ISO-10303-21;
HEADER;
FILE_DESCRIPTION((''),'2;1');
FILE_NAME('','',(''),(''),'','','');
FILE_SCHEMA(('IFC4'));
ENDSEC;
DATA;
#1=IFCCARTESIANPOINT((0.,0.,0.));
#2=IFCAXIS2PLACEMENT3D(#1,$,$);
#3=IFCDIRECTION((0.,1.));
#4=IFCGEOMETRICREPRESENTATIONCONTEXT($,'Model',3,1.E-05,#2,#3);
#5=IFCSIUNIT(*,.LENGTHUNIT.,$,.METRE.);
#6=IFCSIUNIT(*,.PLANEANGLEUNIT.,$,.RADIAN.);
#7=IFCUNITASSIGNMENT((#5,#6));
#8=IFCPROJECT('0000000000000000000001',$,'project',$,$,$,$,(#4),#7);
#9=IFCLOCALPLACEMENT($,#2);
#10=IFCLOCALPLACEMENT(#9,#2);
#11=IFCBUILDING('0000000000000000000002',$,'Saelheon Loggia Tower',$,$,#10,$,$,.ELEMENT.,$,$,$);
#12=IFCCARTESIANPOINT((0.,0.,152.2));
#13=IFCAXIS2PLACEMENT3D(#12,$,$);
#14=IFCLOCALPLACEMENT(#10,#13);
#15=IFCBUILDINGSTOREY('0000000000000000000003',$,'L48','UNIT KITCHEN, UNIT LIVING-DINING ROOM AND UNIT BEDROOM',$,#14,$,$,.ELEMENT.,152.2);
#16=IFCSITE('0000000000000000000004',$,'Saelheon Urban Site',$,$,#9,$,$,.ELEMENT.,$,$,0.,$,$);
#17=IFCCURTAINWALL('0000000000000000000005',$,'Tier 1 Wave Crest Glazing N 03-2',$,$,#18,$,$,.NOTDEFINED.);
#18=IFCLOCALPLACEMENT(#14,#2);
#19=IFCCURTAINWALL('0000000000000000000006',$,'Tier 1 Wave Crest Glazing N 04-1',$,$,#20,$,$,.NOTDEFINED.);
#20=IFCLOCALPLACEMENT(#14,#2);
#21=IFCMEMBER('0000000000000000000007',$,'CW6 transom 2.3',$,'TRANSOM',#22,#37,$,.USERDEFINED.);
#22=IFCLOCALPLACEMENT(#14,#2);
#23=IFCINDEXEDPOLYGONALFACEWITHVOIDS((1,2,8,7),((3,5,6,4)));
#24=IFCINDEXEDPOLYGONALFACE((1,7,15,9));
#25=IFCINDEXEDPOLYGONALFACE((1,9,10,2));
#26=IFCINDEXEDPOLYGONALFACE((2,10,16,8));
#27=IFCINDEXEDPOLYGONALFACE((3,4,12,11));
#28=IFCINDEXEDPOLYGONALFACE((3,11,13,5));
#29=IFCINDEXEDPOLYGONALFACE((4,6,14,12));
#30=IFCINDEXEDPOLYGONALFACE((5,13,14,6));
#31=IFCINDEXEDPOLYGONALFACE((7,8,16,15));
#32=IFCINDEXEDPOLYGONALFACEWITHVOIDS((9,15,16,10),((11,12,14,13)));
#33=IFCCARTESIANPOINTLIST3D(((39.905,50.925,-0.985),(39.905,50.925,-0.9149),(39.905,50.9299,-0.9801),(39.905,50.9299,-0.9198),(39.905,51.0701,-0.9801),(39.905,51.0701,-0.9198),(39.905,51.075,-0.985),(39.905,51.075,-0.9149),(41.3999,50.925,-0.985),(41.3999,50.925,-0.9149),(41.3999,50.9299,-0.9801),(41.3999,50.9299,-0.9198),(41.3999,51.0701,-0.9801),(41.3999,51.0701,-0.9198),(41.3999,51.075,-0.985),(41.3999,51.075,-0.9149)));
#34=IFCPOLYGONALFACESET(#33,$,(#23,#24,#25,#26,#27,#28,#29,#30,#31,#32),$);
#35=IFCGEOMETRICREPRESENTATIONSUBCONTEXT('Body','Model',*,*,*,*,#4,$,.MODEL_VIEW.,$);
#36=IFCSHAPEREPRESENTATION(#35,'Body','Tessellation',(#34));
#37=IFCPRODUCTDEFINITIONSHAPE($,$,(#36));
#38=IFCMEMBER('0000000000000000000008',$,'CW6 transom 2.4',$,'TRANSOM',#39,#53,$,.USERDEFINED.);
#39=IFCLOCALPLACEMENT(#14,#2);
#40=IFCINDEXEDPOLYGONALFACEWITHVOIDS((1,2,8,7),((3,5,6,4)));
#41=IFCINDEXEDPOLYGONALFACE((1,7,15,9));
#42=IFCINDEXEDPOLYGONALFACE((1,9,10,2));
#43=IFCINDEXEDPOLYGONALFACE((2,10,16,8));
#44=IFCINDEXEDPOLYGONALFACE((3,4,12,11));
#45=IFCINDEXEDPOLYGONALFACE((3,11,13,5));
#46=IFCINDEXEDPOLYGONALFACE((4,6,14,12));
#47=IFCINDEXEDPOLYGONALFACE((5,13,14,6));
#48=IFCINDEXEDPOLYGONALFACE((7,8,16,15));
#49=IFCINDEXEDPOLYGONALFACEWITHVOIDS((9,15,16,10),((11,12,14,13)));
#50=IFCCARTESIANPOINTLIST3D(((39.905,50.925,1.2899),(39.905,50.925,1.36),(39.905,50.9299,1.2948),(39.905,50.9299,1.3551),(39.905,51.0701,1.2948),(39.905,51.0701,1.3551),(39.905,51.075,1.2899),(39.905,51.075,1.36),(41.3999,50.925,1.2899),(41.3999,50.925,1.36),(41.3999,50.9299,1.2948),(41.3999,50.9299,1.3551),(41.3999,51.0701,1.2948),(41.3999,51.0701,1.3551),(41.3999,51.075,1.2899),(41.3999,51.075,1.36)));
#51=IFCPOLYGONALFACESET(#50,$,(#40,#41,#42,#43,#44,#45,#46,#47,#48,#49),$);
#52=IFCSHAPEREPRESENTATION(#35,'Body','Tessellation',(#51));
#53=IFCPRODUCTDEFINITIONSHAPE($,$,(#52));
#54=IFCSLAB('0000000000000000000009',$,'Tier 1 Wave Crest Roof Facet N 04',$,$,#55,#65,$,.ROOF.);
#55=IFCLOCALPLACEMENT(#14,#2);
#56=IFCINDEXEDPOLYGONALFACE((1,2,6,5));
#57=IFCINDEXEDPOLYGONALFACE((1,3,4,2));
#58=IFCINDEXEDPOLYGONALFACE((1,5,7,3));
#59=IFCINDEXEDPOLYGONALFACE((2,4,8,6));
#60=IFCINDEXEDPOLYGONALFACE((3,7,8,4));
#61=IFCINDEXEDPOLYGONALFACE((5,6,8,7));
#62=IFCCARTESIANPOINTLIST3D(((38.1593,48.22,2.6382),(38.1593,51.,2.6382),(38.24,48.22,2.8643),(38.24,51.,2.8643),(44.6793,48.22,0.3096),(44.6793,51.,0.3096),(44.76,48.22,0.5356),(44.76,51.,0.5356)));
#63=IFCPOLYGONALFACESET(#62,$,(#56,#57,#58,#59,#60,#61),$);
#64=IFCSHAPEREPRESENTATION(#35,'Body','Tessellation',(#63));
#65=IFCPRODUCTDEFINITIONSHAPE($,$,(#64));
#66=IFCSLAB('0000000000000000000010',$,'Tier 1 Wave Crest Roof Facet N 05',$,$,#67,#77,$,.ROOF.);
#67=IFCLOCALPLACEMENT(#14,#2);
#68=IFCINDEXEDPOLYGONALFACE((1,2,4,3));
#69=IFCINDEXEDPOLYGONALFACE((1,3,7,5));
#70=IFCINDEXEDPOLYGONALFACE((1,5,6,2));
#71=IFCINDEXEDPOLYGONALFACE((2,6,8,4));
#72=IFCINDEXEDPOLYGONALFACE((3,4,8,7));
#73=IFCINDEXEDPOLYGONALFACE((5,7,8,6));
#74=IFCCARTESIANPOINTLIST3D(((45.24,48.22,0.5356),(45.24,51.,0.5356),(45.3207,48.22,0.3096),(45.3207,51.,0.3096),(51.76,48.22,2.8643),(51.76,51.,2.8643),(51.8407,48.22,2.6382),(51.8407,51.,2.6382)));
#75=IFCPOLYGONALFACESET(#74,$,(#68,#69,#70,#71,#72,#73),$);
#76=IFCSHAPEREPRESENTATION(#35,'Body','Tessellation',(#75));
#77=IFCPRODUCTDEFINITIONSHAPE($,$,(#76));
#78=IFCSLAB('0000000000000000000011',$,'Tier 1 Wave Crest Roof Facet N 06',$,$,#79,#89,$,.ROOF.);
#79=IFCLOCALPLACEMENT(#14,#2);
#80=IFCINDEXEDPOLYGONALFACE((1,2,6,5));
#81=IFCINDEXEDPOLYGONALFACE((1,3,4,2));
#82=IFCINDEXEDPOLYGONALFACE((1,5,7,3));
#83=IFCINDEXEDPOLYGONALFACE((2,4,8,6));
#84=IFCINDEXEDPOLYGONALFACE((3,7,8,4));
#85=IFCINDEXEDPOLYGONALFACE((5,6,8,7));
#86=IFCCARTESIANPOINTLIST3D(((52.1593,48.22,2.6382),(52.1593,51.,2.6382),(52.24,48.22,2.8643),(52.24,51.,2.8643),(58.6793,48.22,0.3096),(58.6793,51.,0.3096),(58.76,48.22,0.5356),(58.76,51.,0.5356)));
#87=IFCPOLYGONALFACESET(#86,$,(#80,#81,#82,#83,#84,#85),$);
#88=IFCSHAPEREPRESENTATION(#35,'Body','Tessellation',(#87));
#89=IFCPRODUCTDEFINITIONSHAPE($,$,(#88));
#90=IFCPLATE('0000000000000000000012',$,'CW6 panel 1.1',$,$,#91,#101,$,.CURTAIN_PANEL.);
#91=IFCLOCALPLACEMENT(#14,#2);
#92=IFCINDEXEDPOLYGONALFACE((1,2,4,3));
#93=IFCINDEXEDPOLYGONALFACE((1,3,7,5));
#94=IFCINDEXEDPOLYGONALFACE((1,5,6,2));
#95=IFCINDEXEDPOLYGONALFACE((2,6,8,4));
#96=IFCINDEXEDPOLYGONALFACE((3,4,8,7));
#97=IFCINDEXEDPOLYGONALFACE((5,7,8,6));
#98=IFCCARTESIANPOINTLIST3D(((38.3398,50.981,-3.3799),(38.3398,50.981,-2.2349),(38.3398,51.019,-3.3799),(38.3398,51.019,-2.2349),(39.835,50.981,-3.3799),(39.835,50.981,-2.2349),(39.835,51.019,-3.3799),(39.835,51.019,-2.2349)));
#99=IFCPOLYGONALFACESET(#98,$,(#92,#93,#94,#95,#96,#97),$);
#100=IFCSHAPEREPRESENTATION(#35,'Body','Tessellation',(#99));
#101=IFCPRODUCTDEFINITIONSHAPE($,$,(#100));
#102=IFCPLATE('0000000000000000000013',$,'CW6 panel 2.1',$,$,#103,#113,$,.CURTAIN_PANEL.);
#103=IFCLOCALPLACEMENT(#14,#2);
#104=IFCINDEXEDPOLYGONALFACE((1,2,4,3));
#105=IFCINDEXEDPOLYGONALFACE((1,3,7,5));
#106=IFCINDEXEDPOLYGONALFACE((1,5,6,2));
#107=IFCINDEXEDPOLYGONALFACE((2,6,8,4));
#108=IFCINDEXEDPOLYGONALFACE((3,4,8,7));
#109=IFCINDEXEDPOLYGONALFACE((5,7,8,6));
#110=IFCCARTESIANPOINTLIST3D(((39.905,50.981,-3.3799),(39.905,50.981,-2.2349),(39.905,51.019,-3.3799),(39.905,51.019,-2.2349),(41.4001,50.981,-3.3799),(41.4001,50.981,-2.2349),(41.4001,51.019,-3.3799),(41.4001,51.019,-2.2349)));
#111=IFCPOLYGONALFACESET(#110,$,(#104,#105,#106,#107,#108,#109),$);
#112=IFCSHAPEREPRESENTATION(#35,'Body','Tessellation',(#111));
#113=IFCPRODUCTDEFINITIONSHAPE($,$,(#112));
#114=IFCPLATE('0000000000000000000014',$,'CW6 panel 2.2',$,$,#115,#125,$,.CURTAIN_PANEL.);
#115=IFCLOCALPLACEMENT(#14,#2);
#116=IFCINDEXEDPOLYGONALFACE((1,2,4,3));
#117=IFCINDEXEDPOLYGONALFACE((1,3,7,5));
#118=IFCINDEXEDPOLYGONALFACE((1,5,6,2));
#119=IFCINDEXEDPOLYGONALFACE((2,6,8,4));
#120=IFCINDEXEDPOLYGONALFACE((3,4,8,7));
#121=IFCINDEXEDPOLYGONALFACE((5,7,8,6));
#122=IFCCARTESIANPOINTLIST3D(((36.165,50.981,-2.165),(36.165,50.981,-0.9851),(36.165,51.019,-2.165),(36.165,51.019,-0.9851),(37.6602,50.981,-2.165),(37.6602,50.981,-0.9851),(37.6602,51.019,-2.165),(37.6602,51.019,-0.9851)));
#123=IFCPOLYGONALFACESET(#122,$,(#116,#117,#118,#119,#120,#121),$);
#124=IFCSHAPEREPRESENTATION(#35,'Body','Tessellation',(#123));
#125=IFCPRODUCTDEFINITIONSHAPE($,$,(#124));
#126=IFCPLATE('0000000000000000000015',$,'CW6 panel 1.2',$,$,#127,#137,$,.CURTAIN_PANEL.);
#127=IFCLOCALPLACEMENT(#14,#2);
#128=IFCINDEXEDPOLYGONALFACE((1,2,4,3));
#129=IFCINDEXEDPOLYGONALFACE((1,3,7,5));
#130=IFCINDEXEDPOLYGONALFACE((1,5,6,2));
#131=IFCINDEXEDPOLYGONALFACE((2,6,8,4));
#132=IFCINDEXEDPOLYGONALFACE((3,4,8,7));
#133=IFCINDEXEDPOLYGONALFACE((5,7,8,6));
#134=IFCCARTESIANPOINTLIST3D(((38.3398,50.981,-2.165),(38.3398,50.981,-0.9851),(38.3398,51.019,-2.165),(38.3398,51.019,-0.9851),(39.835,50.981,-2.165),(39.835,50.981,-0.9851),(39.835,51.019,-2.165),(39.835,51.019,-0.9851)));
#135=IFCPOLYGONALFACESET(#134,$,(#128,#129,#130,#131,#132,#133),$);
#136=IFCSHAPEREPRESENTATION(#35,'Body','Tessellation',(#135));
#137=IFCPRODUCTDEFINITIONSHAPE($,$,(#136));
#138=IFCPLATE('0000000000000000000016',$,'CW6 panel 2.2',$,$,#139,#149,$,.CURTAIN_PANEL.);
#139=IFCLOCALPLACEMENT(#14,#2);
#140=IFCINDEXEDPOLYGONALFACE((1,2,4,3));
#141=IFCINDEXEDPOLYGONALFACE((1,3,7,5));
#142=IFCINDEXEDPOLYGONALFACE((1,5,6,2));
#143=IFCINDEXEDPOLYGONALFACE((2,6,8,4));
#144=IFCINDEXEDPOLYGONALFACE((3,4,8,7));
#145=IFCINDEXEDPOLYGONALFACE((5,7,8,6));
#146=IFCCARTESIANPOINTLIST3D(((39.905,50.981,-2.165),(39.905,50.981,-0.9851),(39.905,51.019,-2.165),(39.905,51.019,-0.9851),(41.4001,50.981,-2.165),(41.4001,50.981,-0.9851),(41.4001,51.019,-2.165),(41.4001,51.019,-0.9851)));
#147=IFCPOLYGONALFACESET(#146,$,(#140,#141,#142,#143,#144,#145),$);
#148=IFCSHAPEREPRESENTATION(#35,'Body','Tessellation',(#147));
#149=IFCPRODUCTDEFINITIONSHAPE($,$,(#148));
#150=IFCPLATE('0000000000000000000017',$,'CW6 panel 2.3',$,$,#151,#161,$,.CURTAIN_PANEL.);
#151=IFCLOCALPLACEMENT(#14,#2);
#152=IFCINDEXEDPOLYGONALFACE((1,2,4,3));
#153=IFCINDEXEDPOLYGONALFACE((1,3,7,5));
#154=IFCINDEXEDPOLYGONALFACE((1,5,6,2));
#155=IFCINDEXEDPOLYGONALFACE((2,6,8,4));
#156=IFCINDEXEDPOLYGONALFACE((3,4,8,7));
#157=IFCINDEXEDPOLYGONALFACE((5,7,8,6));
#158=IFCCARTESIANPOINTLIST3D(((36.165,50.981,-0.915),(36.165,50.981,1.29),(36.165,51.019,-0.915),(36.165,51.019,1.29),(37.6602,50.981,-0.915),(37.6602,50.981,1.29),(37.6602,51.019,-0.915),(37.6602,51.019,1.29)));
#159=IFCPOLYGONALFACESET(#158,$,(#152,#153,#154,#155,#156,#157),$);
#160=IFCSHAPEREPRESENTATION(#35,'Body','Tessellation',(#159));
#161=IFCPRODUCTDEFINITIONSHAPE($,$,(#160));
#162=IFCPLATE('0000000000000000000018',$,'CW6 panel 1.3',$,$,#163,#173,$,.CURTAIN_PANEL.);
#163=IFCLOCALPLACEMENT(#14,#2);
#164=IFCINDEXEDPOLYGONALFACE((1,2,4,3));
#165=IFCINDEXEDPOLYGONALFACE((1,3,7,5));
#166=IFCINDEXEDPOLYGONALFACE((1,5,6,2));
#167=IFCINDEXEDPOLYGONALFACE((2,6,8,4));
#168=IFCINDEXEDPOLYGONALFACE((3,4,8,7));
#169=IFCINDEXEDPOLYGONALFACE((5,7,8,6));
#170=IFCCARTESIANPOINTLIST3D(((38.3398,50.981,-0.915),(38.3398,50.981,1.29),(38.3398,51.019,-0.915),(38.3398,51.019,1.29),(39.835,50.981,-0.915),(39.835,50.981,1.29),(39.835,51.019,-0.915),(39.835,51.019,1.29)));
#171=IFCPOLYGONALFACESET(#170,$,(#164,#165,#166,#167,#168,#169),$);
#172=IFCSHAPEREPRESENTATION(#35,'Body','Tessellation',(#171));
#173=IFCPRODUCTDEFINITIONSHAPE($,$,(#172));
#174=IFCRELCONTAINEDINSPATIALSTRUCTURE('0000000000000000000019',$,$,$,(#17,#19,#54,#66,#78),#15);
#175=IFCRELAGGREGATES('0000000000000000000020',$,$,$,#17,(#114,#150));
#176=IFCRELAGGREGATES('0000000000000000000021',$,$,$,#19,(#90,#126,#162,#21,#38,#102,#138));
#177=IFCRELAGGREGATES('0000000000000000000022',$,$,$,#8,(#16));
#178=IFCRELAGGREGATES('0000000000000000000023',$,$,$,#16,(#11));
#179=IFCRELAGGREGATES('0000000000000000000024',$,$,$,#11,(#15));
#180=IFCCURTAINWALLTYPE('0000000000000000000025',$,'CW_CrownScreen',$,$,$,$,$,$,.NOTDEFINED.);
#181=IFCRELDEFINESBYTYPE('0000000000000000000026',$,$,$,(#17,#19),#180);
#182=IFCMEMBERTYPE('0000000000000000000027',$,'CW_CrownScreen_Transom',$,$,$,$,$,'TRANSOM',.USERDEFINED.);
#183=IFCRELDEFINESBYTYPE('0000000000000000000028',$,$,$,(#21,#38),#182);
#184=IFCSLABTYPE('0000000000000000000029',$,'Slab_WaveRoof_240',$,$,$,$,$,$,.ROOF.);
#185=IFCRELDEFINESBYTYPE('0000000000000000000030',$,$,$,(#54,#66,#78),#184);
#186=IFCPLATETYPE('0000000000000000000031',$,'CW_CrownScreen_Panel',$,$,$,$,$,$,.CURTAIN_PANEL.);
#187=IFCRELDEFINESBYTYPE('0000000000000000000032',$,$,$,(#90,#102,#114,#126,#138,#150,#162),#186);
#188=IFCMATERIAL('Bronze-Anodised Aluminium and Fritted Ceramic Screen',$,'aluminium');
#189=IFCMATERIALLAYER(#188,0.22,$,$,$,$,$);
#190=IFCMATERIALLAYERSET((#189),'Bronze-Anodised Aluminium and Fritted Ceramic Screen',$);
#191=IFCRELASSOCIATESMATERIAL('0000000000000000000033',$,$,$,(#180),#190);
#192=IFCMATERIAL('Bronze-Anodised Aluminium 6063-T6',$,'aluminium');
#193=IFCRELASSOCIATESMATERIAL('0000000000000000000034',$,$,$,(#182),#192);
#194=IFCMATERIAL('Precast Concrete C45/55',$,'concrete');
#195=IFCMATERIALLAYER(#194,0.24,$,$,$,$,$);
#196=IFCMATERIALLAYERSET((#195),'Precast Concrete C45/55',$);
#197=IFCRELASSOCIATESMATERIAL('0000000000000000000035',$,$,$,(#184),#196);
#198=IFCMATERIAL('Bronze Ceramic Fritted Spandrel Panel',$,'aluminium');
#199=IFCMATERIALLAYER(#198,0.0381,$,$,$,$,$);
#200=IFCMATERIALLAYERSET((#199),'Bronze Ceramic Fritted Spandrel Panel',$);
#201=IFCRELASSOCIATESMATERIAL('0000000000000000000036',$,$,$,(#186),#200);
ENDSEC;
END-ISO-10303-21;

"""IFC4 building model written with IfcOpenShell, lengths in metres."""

from ifc_helpers import new_model, si_unit, direction, frame, origin, origin_2d, place, context, subcontext, project, spatial, polyline, rectangle, hollow_rectangle, outline, extrude, source, transform, mapped, material, layer, layer_set, material_profile, profile_set, type_object, element, aggregate, save


model = new_model("IFC4")

# Units and contexts
model_context = context("Model", 3, precision=1e-05, world=origin(), true_north=direction((0.0, 1.0)))
body_context = subcontext(model_context, "Body", "Model", "MODEL_VIEW")
ifc_project = project(units=[si_unit("LENGTHUNIT", "METRE"), si_unit("PLANEANGLEUNIT", "RADIAN")], contexts=[model_context])

# Site, building, storey
site_placement = place(None, origin())
site = spatial("IfcSite", under=ifc_project, at=site_placement, Name="Saelheon Urban Site", CompositionType="ELEMENT", RefElevation=0.0)
building_placement = place(site_placement, origin())
building = spatial("IfcBuilding", under=site, at=building_placement, Name="Saelheon Loggia Tower", CompositionType="ELEMENT")
storey_placement = place(building_placement, frame((0.0, 0.0, 152.2)))
storey = spatial("IfcBuildingStorey", under=building, at=storey_placement, Name="L48", Description="UNIT KITCHEN, UNIT LIVING-DINING ROOM AND UNIT BEDROOM", CompositionType="ELEMENT", Elevation=152.2)

# Curtain wall
ifc_material_1 = material(Name="Bronze-Anodised Aluminium and Fritted Ceramic Screen", Category="aluminium")
ifc_layer_1 = layer(ifc_material_1, 0.22)
ifc_layer_set_1 = layer_set([ifc_layer_1], Name="Bronze-Anodised Aluminium and Fritted Ceramic Screen")
curtain_wall_type = type_object("IfcCurtainWallType", Name="CW_CrownScreen", PredefinedType="NOTDEFINED", material=ifc_layer_set_1)
curtain_wall_1_placement = place(storey_placement, origin())
curtain_wall_1 = element("IfcCurtainWall", 1, at=curtain_wall_1_placement, inside=storey, type_object=curtain_wall_type, Name="Tier 1 Wave Crest Glazing N 03-2", PredefinedType="NOTDEFINED")
ifc_material_2 = material(Name="Bronze-Anodised Aluminium 6063-T6", Category="aluminium")

# Curtain wall, members
curtain_wall_2_placement = place(storey_placement, origin())
curtain_wall_2 = element("IfcCurtainWall", 2, at=curtain_wall_2_placement, inside=storey, type_object=curtain_wall_type, Name="Tier 1 Wave Crest Glazing N 04-1", PredefinedType="NOTDEFINED")
ifc_material_profile_1 = material_profile(ifc_material_2, hollow_rectangle(XDim=0.0701, YDim=0.1499, WallThickness=0.0049, at=origin_2d()), Name="RHS-150x70x5")
ifc_profile_set_1 = profile_set([ifc_material_profile_1], Name="Bronze-Anodised Aluminium 6063-T6")
member_type_1 = type_object("IfcMemberType", Name="CW_CrownScreen_Transom", ElementType="TRANSOM", PredefinedType="USERDEFINED", material=ifc_profile_set_1)
shared_shape_1 = source(origin(), body_context, "Body", "SweptSolid", [
    extrude(hollow_rectangle(XDim=0.0701, YDim=0.1499, WallThickness=0.0049, at=origin_2d()), origin(), (0.0, 0.0, 1.0), 1.4949),
])
member_1_placement = place(storey_placement, frame((39.905, 51.0, -0.95), z_axis=(1.0, 0.0, 0.0), x_axis=(0.0, 0.0, 1.0)))
member_1 = element("IfcMember", 3, at=member_1_placement, type_object=member_type_1, Name="CW6 transom 2.3", ObjectType="TRANSOM", PredefinedType="USERDEFINED", context=body_context, shape_type="MappedRepresentation", body=[
    mapped(shared_shape_1, transform((0.0, 0.0, 0.0), scale=1.0)),
])
member_2_placement = place(storey_placement, frame((39.905, 51.0, 1.325), z_axis=(1.0, 0.0, 0.0), x_axis=(0.0, 0.0, 1.0)))
member_2 = element("IfcMember", 4, at=member_2_placement, type_object=member_type_1, Name="CW6 transom 2.4", ObjectType="TRANSOM", PredefinedType="USERDEFINED", context=body_context, shape_type="MappedRepresentation", body=[
    mapped(shared_shape_1, transform((0.0, 0.0, 0.0), scale=1.0)),
])

# Slabs
ifc_material_3 = material(Name="Precast Concrete C45/55", Category="concrete")
ifc_layer_2 = layer(ifc_material_3, 0.24)
ifc_layer_set_2 = layer_set([ifc_layer_2], Name="Precast Concrete C45/55")
slab_type = type_object("IfcSlabType", Name="Slab_WaveRoof_240", PredefinedType="ROOF", material=ifc_layer_set_2)
for number, where, z_axis, x_axis, name in (
    (5, (38.24, 48.22, 2.8643), (0.336341, 0.0, 0.94174), (0.0, 1.0, 0.0), "Tier 1 Wave Crest Roof Facet N 04"),
    (6, (45.24, 48.22, 0.5356), (-0.336341, 0.0, 0.94174), (0.0, 1.0, 0.0), "Tier 1 Wave Crest Roof Facet N 05"),
    (7, (52.24, 48.22, 2.8643), (0.336341, 0.0, 0.94174), (0.0, 1.0, 0.0), "Tier 1 Wave Crest Roof Facet N 06"),
):
    element("IfcSlab", number, at=place(storey_placement, frame(where, z_axis=z_axis, x_axis=x_axis)), inside=storey, type_object=slab_type, Name=name, PredefinedType="ROOF", context=body_context, shape_type="SweptSolid", body=[
        extrude(outline(polyline([(0.0, 0.0), (2.78, 0.0), (2.78, -6.9234), (0.0, -6.9234), (0.0, 0.0)])), origin(), (0.0, 0.0, -1.0), 0.24),
    ])

# Plates
ifc_material_4 = material(Name="Bronze Ceramic Fritted Spandrel Panel", Category="aluminium")
ifc_layer_3 = layer(ifc_material_4, 0.0381)
ifc_layer_set_3 = layer_set([ifc_layer_3], Name="Bronze Ceramic Fritted Spandrel Panel")
plate_type = type_object("IfcPlateType", Name="CW_CrownScreen_Panel", PredefinedType="CURTAIN_PANEL", material=ifc_layer_set_3)
shared_shape_2 = source(origin(), body_context, "Body", "SweptSolid", [
    extrude(rectangle(XDim=1.4951, YDim=0.0381, at=origin_2d()), origin(), (0.0, 0.0, 1.0), 1.145),
])
plate_1_placement = place(storey_placement, frame((39.0874, 51.0, -3.3799), z_axis=(0.0, 0.0, 1.0), x_axis=(1.0, 0.0, 0.0)))
plate_1 = element("IfcPlate", 8, at=plate_1_placement, type_object=plate_type, Name="CW6 panel 1.1", PredefinedType="CURTAIN_PANEL", context=body_context, shape_type="MappedRepresentation", body=[
    mapped(shared_shape_2, transform((0.0, 0.0, 0.0), scale=1.0)),
])
plate_2_placement = place(storey_placement, frame((40.6526, 51.0, -3.3799), z_axis=(0.0, 0.0, 1.0), x_axis=(1.0, 0.0, 0.0)))
plate_2 = element("IfcPlate", 9, at=plate_2_placement, type_object=plate_type, Name="CW6 panel 2.1", PredefinedType="CURTAIN_PANEL", context=body_context, shape_type="MappedRepresentation", body=[
    mapped(shared_shape_2, transform((0.0, 0.0, 0.0), scale=1.0)),
])
shared_shape_3 = source(origin(), body_context, "Body", "SweptSolid", [
    extrude(rectangle(XDim=1.4951, YDim=0.0381, at=origin_2d()), origin(), (0.0, 0.0, 1.0), 1.1799),
])
plate_3_placement = place(storey_placement, frame((36.9126, 51.0, -2.165), z_axis=(0.0, 0.0, 1.0), x_axis=(1.0, 0.0, 0.0)))
plate_3 = element("IfcPlate", 10, at=plate_3_placement, type_object=plate_type, Name="CW6 panel 2.2", PredefinedType="CURTAIN_PANEL", context=body_context, shape_type="MappedRepresentation", body=[
    mapped(shared_shape_3, transform((0.0, 0.0, 0.0), scale=1.0)),
])
plate_4_placement = place(storey_placement, frame((39.0874, 51.0, -2.165), z_axis=(0.0, 0.0, 1.0), x_axis=(1.0, 0.0, 0.0)))
plate_4 = element("IfcPlate", 11, at=plate_4_placement, type_object=plate_type, Name="CW6 panel 1.2", PredefinedType="CURTAIN_PANEL", context=body_context, shape_type="MappedRepresentation", body=[
    mapped(shared_shape_3, transform((0.0, 0.0, 0.0), scale=1.0)),
])
plate_5_placement = place(storey_placement, frame((40.6526, 51.0, -2.165), z_axis=(0.0, 0.0, 1.0), x_axis=(1.0, 0.0, 0.0)))
plate_5 = element("IfcPlate", 12, at=plate_5_placement, type_object=plate_type, Name="CW6 panel 2.2", PredefinedType="CURTAIN_PANEL", context=body_context, shape_type="MappedRepresentation", body=[
    mapped(shared_shape_3, transform((0.0, 0.0, 0.0), scale=1.0)),
])
shared_shape_4 = source(origin(), body_context, "Body", "SweptSolid", [
    extrude(rectangle(XDim=1.4951, YDim=0.0381, at=origin_2d()), origin(), (0.0, 0.0, 1.0), 2.2051),
])
plate_6_placement = place(storey_placement, frame((36.9126, 51.0, -0.915), z_axis=(0.0, 0.0, 1.0), x_axis=(1.0, 0.0, 0.0)))
plate_6 = element("IfcPlate", 13, at=plate_6_placement, type_object=plate_type, Name="CW6 panel 2.3", PredefinedType="CURTAIN_PANEL", context=body_context, shape_type="MappedRepresentation", body=[
    mapped(shared_shape_4, transform((0.0, 0.0, 0.0), scale=1.0)),
])
aggregate(curtain_wall_1, [plate_3, plate_6])
plate_7_placement = place(storey_placement, frame((39.0874, 51.0, -0.915), z_axis=(0.0, 0.0, 1.0), x_axis=(1.0, 0.0, 0.0)))
plate_7 = element("IfcPlate", 14, at=plate_7_placement, type_object=plate_type, Name="CW6 panel 1.3", PredefinedType="CURTAIN_PANEL", context=body_context, shape_type="MappedRepresentation", body=[
    mapped(shared_shape_4, transform((0.0, 0.0, 0.0), scale=1.0)),
])
aggregate(curtain_wall_2, [plate_1, plate_4, plate_7, member_1, member_2, plate_2, plate_5])

save(model, "model.ifc")
